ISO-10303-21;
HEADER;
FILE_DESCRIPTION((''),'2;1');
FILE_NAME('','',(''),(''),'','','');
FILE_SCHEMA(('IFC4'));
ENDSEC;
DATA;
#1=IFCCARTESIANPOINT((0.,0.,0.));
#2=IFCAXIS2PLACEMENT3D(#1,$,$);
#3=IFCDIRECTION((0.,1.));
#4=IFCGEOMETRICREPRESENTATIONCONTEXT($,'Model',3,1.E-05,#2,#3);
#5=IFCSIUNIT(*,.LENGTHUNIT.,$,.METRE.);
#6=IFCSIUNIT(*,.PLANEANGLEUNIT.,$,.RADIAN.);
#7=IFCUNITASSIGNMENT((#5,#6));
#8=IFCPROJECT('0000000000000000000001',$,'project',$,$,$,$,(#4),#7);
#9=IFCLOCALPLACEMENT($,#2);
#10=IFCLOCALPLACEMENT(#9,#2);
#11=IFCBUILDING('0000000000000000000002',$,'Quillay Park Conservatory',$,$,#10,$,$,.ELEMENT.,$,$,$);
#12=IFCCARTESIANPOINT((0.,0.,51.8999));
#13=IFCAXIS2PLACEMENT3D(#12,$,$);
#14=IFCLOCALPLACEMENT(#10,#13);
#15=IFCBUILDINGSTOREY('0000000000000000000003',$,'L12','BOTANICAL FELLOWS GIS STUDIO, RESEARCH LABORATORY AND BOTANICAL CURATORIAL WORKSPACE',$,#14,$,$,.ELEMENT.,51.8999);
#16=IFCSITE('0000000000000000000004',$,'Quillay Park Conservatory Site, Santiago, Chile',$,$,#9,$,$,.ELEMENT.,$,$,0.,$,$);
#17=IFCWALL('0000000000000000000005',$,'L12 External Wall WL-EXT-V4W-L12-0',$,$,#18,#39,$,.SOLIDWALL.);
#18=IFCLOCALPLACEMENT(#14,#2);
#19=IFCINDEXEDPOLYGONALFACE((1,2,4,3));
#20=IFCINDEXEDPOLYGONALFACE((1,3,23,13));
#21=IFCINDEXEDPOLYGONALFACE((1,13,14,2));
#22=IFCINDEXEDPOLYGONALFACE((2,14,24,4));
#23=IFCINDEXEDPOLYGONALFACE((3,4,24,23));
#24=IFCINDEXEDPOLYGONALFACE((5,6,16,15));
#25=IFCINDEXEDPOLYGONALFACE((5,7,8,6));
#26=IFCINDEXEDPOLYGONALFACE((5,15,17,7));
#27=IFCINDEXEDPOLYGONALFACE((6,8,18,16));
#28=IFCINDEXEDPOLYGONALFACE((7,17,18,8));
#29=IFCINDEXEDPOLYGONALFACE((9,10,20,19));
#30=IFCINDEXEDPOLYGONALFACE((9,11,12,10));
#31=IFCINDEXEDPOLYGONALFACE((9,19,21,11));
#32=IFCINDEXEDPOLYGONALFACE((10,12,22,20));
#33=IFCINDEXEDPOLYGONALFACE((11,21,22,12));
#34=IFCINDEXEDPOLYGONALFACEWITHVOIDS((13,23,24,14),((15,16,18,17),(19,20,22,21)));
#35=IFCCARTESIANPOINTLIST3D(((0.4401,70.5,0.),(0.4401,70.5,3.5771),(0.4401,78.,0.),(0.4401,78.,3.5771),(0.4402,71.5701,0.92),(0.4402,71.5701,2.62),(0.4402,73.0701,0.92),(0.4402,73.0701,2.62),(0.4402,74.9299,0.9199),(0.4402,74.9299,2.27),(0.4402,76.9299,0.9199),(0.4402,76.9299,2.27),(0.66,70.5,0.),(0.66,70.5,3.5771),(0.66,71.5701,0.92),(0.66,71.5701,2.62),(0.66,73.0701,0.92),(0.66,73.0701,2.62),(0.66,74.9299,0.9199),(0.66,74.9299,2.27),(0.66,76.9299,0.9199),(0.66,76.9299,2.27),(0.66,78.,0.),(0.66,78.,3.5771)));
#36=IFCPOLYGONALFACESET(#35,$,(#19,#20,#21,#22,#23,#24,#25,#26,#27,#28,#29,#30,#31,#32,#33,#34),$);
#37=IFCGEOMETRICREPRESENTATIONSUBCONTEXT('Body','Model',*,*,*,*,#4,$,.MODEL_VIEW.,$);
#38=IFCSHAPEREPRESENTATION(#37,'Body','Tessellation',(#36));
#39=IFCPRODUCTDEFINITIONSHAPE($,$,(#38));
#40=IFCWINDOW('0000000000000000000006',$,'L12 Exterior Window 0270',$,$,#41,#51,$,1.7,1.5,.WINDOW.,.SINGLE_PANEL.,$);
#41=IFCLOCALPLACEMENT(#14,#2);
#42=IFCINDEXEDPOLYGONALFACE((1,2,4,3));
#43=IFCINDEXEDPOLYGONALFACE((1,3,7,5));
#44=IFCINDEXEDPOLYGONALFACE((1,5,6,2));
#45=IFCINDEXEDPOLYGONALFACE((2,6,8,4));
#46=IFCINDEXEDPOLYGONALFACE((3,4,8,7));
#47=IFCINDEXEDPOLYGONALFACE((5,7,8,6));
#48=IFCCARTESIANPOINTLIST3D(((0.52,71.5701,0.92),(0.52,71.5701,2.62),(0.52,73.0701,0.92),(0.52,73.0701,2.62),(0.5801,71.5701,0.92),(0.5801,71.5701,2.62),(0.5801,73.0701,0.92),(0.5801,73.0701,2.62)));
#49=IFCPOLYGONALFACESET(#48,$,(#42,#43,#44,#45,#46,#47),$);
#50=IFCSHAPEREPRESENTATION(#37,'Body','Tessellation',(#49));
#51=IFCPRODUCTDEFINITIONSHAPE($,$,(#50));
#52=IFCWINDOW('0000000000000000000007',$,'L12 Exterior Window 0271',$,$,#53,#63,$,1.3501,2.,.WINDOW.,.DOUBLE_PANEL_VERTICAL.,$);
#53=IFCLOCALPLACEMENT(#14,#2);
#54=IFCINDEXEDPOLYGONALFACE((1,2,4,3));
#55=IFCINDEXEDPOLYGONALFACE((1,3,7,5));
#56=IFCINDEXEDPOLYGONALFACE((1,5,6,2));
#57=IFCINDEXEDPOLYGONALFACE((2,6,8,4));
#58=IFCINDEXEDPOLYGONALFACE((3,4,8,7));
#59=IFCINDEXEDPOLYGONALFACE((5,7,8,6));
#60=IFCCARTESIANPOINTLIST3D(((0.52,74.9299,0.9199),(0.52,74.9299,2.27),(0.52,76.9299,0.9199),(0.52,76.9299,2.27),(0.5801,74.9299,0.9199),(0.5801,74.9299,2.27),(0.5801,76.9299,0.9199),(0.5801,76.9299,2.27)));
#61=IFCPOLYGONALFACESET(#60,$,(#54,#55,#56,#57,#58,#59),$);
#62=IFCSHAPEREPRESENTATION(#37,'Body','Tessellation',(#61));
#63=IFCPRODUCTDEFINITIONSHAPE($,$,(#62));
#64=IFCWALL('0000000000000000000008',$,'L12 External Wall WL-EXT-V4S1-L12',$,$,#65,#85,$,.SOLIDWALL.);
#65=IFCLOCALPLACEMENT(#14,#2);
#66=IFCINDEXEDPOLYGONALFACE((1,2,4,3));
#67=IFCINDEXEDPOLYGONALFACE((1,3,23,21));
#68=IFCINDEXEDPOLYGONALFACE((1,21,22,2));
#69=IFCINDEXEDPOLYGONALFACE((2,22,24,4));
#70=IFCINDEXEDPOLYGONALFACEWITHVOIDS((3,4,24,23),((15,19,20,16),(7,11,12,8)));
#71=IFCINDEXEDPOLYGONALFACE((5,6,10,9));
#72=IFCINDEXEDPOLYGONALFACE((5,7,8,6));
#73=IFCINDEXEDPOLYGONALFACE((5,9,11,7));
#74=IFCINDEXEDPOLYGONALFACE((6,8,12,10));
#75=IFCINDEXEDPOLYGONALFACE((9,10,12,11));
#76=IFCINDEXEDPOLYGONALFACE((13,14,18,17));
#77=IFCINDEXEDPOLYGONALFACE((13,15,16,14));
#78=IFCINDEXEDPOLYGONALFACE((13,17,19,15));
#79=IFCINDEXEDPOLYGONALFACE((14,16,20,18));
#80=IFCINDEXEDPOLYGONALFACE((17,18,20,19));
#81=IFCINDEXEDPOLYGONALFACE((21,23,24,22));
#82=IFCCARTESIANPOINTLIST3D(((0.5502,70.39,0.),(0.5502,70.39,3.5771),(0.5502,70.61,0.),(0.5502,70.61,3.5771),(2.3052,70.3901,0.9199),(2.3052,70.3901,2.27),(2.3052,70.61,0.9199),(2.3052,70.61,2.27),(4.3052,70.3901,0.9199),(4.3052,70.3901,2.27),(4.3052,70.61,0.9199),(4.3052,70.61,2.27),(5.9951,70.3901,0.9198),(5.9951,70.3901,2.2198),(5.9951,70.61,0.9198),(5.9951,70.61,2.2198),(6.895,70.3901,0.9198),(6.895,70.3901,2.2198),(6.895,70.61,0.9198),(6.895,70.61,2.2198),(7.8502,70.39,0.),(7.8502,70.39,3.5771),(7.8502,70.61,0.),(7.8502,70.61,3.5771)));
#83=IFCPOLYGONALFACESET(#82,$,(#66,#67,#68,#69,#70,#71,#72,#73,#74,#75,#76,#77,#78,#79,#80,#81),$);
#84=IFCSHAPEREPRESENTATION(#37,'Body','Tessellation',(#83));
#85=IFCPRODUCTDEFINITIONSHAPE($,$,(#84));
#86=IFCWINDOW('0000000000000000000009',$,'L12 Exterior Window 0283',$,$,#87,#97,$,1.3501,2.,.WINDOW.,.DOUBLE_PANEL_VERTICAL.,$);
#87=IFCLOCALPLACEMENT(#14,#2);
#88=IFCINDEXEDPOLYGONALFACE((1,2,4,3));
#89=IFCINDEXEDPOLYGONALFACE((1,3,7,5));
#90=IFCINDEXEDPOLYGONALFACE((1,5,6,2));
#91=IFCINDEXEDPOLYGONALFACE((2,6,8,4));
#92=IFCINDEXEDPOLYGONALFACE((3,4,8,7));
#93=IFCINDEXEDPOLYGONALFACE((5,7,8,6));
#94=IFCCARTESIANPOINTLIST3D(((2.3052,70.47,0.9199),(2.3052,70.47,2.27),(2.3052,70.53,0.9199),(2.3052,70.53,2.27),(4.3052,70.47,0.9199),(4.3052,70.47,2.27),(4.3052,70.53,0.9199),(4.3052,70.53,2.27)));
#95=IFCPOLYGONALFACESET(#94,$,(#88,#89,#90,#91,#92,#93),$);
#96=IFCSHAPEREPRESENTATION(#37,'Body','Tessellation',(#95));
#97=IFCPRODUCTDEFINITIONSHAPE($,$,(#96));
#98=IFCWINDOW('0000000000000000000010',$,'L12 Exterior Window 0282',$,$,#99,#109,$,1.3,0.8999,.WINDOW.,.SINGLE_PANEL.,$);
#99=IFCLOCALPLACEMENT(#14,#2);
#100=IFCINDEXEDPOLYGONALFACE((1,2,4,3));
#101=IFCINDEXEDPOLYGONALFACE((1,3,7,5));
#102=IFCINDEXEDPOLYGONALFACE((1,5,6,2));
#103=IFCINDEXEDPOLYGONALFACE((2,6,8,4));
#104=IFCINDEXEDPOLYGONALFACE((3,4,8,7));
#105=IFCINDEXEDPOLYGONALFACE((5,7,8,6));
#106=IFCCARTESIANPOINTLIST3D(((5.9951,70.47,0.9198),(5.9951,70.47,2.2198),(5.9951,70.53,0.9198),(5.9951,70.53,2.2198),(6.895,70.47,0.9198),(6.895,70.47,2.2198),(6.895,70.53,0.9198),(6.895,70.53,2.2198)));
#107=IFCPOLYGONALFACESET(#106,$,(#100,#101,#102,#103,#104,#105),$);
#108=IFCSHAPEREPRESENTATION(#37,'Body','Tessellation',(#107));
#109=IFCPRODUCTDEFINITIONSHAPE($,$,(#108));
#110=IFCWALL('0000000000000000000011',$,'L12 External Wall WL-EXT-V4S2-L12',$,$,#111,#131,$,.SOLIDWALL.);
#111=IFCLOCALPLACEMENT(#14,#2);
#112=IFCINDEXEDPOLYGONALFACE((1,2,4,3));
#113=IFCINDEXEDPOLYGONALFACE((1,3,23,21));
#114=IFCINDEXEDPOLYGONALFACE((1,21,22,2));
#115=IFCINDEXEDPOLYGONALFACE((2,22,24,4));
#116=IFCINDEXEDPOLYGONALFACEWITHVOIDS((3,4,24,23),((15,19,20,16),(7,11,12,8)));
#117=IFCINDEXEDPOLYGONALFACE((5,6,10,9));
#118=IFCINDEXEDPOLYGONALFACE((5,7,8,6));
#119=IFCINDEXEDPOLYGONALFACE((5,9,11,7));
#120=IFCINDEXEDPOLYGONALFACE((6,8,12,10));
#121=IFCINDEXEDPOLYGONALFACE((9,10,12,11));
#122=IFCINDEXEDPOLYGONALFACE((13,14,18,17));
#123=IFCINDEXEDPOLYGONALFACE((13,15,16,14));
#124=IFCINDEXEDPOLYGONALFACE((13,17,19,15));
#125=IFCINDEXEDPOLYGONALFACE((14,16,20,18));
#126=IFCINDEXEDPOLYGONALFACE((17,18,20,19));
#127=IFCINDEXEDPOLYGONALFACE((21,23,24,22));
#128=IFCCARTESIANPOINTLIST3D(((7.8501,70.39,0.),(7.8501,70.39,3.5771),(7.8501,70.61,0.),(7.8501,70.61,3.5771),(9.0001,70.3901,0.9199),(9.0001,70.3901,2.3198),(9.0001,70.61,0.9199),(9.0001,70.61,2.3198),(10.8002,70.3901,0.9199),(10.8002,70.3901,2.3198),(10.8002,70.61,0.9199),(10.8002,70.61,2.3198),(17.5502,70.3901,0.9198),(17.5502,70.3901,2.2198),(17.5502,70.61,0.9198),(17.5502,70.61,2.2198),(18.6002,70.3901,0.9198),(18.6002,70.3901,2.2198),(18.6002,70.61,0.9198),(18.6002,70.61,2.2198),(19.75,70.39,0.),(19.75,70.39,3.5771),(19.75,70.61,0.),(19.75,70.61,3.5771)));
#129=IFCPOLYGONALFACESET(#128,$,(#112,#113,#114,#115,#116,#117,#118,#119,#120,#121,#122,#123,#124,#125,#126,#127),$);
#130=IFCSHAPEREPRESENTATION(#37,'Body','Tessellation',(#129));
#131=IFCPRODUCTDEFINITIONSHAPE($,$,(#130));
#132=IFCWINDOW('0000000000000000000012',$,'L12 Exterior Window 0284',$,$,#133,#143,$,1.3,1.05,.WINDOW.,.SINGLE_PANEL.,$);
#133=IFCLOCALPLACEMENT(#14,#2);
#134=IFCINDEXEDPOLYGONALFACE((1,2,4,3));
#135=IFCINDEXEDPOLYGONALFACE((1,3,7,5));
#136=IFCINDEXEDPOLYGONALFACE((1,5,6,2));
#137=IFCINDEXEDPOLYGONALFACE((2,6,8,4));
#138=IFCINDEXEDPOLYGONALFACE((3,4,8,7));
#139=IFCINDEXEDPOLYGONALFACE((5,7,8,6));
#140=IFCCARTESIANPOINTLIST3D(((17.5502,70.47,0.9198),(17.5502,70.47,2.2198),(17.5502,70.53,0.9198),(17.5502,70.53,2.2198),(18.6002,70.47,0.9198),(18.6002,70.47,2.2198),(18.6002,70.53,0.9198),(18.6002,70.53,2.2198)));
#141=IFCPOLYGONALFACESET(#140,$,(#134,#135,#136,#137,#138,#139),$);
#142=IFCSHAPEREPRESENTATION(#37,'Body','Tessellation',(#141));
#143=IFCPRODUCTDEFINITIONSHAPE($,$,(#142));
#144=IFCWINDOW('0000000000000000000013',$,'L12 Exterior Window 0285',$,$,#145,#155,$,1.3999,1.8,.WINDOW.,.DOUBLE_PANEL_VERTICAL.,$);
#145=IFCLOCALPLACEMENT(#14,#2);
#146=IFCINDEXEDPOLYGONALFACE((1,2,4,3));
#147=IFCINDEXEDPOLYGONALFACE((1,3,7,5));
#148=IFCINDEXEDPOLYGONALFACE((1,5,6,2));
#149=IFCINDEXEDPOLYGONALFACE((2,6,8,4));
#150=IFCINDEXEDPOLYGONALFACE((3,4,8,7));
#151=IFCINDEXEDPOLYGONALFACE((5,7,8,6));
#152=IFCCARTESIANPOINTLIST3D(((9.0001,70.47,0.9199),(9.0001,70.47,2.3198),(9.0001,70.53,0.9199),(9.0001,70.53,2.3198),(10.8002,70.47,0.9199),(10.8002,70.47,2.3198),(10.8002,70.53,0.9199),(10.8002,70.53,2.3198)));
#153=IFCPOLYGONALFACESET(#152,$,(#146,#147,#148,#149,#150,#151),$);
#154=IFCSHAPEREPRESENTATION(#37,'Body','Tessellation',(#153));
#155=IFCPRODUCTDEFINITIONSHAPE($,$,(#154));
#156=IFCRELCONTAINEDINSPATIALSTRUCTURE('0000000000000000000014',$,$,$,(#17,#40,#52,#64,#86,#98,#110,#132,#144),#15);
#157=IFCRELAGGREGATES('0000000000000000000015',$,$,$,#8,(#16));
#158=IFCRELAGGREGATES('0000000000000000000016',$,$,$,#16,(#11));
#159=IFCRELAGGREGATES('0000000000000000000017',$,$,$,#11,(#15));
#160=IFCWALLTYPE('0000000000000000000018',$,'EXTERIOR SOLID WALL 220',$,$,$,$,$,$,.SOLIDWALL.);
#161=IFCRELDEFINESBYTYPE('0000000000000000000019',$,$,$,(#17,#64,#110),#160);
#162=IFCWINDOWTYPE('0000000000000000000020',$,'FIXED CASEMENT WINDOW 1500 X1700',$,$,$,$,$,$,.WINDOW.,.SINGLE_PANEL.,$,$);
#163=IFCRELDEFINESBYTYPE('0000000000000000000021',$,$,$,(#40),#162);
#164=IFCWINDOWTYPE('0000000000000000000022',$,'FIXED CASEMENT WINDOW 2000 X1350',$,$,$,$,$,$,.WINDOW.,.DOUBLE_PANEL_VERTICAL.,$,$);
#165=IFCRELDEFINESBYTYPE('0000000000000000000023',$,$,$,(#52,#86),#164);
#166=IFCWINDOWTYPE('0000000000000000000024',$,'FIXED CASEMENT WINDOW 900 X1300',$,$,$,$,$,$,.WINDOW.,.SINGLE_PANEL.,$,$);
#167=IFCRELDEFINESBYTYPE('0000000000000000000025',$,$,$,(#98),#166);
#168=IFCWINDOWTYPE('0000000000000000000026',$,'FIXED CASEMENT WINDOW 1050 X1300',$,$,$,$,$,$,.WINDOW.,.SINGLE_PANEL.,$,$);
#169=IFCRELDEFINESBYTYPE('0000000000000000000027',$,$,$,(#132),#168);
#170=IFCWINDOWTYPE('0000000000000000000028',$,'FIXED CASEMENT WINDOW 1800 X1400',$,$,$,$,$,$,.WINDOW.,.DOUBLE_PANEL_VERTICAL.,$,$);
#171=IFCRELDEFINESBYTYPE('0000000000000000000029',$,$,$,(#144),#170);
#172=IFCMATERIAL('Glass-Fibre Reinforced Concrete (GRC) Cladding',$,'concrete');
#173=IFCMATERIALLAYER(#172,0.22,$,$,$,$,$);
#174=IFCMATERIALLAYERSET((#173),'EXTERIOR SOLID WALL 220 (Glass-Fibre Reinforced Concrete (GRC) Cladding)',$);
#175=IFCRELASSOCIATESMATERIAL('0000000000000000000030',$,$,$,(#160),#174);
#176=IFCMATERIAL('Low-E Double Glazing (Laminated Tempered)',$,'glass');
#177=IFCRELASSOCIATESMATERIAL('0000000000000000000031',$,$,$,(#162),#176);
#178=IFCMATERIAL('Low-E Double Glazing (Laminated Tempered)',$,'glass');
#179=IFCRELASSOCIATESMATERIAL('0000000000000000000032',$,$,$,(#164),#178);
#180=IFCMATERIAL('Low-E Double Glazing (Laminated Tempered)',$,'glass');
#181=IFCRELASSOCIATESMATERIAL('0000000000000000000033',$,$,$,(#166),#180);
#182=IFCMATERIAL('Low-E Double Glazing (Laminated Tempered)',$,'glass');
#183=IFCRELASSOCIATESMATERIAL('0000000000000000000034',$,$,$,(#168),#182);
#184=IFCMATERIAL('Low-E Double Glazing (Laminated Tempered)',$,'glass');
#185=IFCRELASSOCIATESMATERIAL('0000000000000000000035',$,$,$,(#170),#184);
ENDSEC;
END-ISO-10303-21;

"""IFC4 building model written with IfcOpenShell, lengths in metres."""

from ifc_helpers import new_model, si_unit, direction, frame, frame_2d, origin, place, context, subcontext, project, spatial, rectangle, extrude, material, layer, layer_set, type_object, element, fill, save


model = new_model("IFC4")

# Units and contexts
model_context = context("Model", 3, precision=1e-05, world=origin(), true_north=direction((0.0, 1.0)))
body_context = subcontext(model_context, "Body", "Model", "MODEL_VIEW")
ifc_project = project(units=[si_unit("LENGTHUNIT", "METRE"), si_unit("PLANEANGLEUNIT", "RADIAN")], contexts=[model_context])

# Site, building, storey
site_placement = place(None, origin())
site = spatial("IfcSite", under=ifc_project, at=site_placement, Name="Quillay Park Conservatory Site, Santiago, Chile", CompositionType="ELEMENT", RefElevation=0.0)
building_placement = place(site_placement, origin())
building = spatial("IfcBuilding", under=site, at=building_placement, Name="Quillay Park Conservatory", CompositionType="ELEMENT")
storey_placement = place(building_placement, frame((0.0, 0.0, 51.8999)))
storey = spatial("IfcBuildingStorey", under=building, at=storey_placement, Name="L12", Description="BOTANICAL FELLOWS GIS STUDIO, RESEARCH LABORATORY AND BOTANICAL CURATORIAL WORKSPACE", CompositionType="ELEMENT", Elevation=51.8999)

# Walls, openings, windows
ifc_material_1 = material(Name="Glass-Fibre Reinforced Concrete (GRC) Cladding", Category="concrete")
ifc_layer_1 = layer(ifc_material_1, 0.22)
ifc_layer_set_1 = layer_set([ifc_layer_1], Name="EXTERIOR SOLID WALL 220 (Glass-Fibre Reinforced Concrete (GRC) Cladding)")
wall_type_1 = type_object("IfcWallType", Name="EXTERIOR SOLID WALL 220", PredefinedType="SOLIDWALL", material=ifc_layer_set_1)
wall_1_placement = place(storey_placement, frame((0.55, 70.5, 0.0), z_axis=(0.0, 0.0, 1.0), x_axis=(0.0, 1.0, 0.0)))
wall_1 = element("IfcWall", 1, at=wall_1_placement, inside=storey, type_object=wall_type_1, Name="L12 External Wall WL-EXT-V4W-L12-0", PredefinedType="SOLIDWALL", context=body_context, shape_type="SweptSolid", body=[
    extrude(rectangle(XDim=7.5, YDim=0.22, at=frame_2d((3.75, 0.0))), origin(), (0.0, 0.0, 1.0), 3.5771),
])
opening_1_placement = place(wall_1_placement, frame((1.0701, 0.0, 0.9199)))
opening_1 = element("IfcOpeningElement", 2, at=opening_1_placement, cuts=wall_1, PredefinedType="OPENING", context=body_context, shape_type="SweptSolid", body=[
    extrude(rectangle(XDim=1.5, YDim=1.7, at=frame_2d((0.75, 0.8501))), frame((0.0, 0.1099, 0.0), z_axis=(0.0, -1.0, 0.0), x_axis=(1.0, 0.0, 0.0)), (0.0, 0.0, 1.0), 0.22),
])
opening_2_placement = place(wall_1_placement, frame((4.4299, 0.0, 0.9199)))
opening_2 = element("IfcOpeningElement", 3, at=opening_2_placement, cuts=wall_1, PredefinedType="OPENING", context=body_context, shape_type="SweptSolid", body=[
    extrude(rectangle(XDim=2.0, YDim=1.3501, at=frame_2d((1.0, 0.675))), frame((0.0, 0.1099, 0.0), z_axis=(0.0, -1.0, 0.0), x_axis=(1.0, 0.0, 0.0)), (0.0, 0.0, 1.0), 0.22),
])
ifc_material_2 = material(Name="Low-E Double Glazing (Laminated Tempered)", Category="glass")
window_type_1 = type_object("IfcWindowType", Name="FIXED CASEMENT WINDOW 1500 X1700", PartitioningType="SINGLE_PANEL", PredefinedType="WINDOW", material=ifc_material_2)
window_1_placement = place(opening_1_placement, origin())
window_1 = element("IfcWindow", 4, at=window_1_placement, inside=storey, type_object=window_type_1, Name="L12 Exterior Window 0270", OverallHeight=1.7, OverallWidth=1.5, PartitioningType="SINGLE_PANEL", PredefinedType="WINDOW", context=body_context, shape_type="SweptSolid", body=[
    extrude(rectangle(XDim=1.5, YDim=1.7, at=frame_2d((0.75, 0.8501))), frame((0.0, 0.03, 0.0), z_axis=(0.0, -1.0, 0.0), x_axis=(1.0, 0.0, 0.0)), (0.0, 0.0, 1.0), 0.0601),
])
fill(opening_1, window_1)
ifc_material_3 = material(Name="Low-E Double Glazing (Laminated Tempered)", Category="glass")
window_type_2 = type_object("IfcWindowType", Name="FIXED CASEMENT WINDOW 2000 X1350", PartitioningType="DOUBLE_PANEL_VERTICAL", PredefinedType="WINDOW", material=ifc_material_3)
window_2_placement = place(opening_2_placement, origin())
window_2 = element("IfcWindow", 5, at=window_2_placement, inside=storey, type_object=window_type_2, Name="L12 Exterior Window 0271", OverallHeight=1.3501, OverallWidth=2.0, PartitioningType="DOUBLE_PANEL_VERTICAL", PredefinedType="WINDOW", context=body_context, shape_type="SweptSolid", body=[
    extrude(rectangle(XDim=2.0, YDim=1.3501, at=frame_2d((1.0, 0.675))), frame((0.0, 0.03, 0.0), z_axis=(0.0, -1.0, 0.0), x_axis=(1.0, 0.0, 0.0)), (0.0, 0.0, 1.0), 0.0601),
])
fill(opening_2, window_2)
wall_2_placement = place(storey_placement, frame((7.8501, 70.5, 0.0), z_axis=(0.0, 0.0, 1.0), x_axis=(-1.0, 0.0, 0.0)))
wall_2 = element("IfcWall", 6, at=wall_2_placement, inside=storey, type_object=wall_type_1, Name="L12 External Wall WL-EXT-V4S1-L12", PredefinedType="SOLIDWALL", context=body_context, shape_type="SweptSolid", body=[
    extrude(rectangle(XDim=7.3, YDim=0.22, at=frame_2d((3.6499, 0.0))), origin(), (0.0, 0.0, 1.0), 3.5771),
])
opening_3_placement = place(wall_2_placement, frame((0.9551, 0.0, 0.9199)))
opening_3 = element("IfcOpeningElement", 7, at=opening_3_placement, cuts=wall_2, PredefinedType="OPENING", context=body_context, shape_type="SweptSolid", body=[
    extrude(rectangle(XDim=0.8999, YDim=1.3, at=frame_2d((0.45, 0.6499))), frame((0.0, 0.1099, 0.0), z_axis=(0.0, -1.0, 0.0), x_axis=(1.0, 0.0, 0.0)), (0.0, 0.0, 1.0), 0.22),
])
opening_4_placement = place(wall_2_placement, frame((3.5449, 0.0, 0.9199)))
opening_4 = element("IfcOpeningElement", 8, at=opening_4_placement, cuts=wall_2, PredefinedType="OPENING", context=body_context, shape_type="SweptSolid", body=[
    extrude(rectangle(XDim=2.0, YDim=1.3501, at=frame_2d((1.0, 0.675))), frame((0.0, 0.1099, 0.0), z_axis=(0.0, -1.0, 0.0), x_axis=(1.0, 0.0, 0.0)), (0.0, 0.0, 1.0), 0.22),
])
window_3_placement = place(opening_4_placement, origin())
window_3 = element("IfcWindow", 9, at=window_3_placement, inside=storey, type_object=window_type_2, Name="L12 Exterior Window 0283", OverallHeight=1.3501, OverallWidth=2.0, PartitioningType="DOUBLE_PANEL_VERTICAL", PredefinedType="WINDOW", context=body_context, shape_type="SweptSolid", body=[
    extrude(rectangle(XDim=2.0, YDim=1.3501, at=frame_2d((1.0, 0.675))), frame((0.0, 0.03, 0.0), z_axis=(0.0, -1.0, 0.0), x_axis=(1.0, 0.0, 0.0)), (0.0, 0.0, 1.0), 0.0601),
])
fill(opening_4, window_3)
ifc_material_4 = material(Name="Low-E Double Glazing (Laminated Tempered)", Category="glass")
window_type_3 = type_object("IfcWindowType", Name="FIXED CASEMENT WINDOW 900 X1300", PartitioningType="SINGLE_PANEL", PredefinedType="WINDOW", material=ifc_material_4)
window_4_placement = place(opening_3_placement, origin())
window_4 = element("IfcWindow", 10, at=window_4_placement, inside=storey, type_object=window_type_3, Name="L12 Exterior Window 0282", OverallHeight=1.3, OverallWidth=0.8999, PartitioningType="SINGLE_PANEL", PredefinedType="WINDOW", context=body_context, shape_type="SweptSolid", body=[
    extrude(rectangle(XDim=0.8999, YDim=1.3, at=frame_2d((0.45, 0.6499))), frame((0.0, 0.03, 0.0), z_axis=(0.0, -1.0, 0.0), x_axis=(1.0, 0.0, 0.0)), (0.0, 0.0, 1.0), 0.0601),
])
fill(opening_3, window_4)
wall_3_placement = place(storey_placement, frame((19.75, 70.5, 0.0), z_axis=(0.0, 0.0, 1.0), x_axis=(-1.0, 0.0, 0.0)))
wall_3 = element("IfcWall", 11, at=wall_3_placement, inside=storey, type_object=wall_type_1, Name="L12 External Wall WL-EXT-V4S2-L12", PredefinedType="SOLIDWALL", context=body_context, shape_type="SweptSolid", body=[
    extrude(rectangle(XDim=11.8999, YDim=0.22, at=frame_2d((5.95, 0.0))), origin(), (0.0, 0.0, 1.0), 3.5771),
])
opening_5_placement = place(wall_3_placement, frame((1.1499, 0.0, 0.9199)))
opening_5 = element("IfcOpeningElement", 12, at=opening_5_placement, cuts=wall_3, PredefinedType="OPENING", context=body_context, shape_type="SweptSolid", body=[
    extrude(rectangle(XDim=1.05, YDim=1.3, at=frame_2d((0.5249, 0.6499))), frame((0.0, 0.1099, 0.0), z_axis=(0.0, -1.0, 0.0), x_axis=(1.0, 0.0, 0.0)), (0.0, 0.0, 1.0), 0.22),
])
opening_6_placement = place(wall_3_placement, frame((8.95, 0.0, 0.9199)))
opening_6 = element("IfcOpeningElement", 13, at=opening_6_placement, cuts=wall_3, PredefinedType="OPENING", context=body_context, shape_type="SweptSolid", body=[
    extrude(rectangle(XDim=1.8, YDim=1.3999, at=frame_2d((0.8999, 0.7))), frame((0.0, 0.1099, 0.0), z_axis=(0.0, -1.0, 0.0), x_axis=(1.0, 0.0, 0.0)), (0.0, 0.0, 1.0), 0.22),
])
ifc_material_5 = material(Name="Low-E Double Glazing (Laminated Tempered)", Category="glass")
window_type_4 = type_object("IfcWindowType", Name="FIXED CASEMENT WINDOW 1050 X1300", PartitioningType="SINGLE_PANEL", PredefinedType="WINDOW", material=ifc_material_5)
window_5_placement = place(opening_5_placement, origin())
window_5 = element("IfcWindow", 14, at=window_5_placement, inside=storey, type_object=window_type_4, Name="L12 Exterior Window 0284", OverallHeight=1.3, OverallWidth=1.05, PartitioningType="SINGLE_PANEL", PredefinedType="WINDOW", context=body_context, shape_type="SweptSolid", body=[
    extrude(rectangle(XDim=1.05, YDim=1.3, at=frame_2d((0.5249, 0.6499))), frame((0.0, 0.03, 0.0), z_axis=(0.0, -1.0, 0.0), x_axis=(1.0, 0.0, 0.0)), (0.0, 0.0, 1.0), 0.0601),
])
fill(opening_5, window_5)
ifc_material_6 = material(Name="Low-E Double Glazing (Laminated Tempered)", Category="glass")
window_type_5 = type_object("IfcWindowType", Name="FIXED CASEMENT WINDOW 1800 X1400", PartitioningType="DOUBLE_PANEL_VERTICAL", PredefinedType="WINDOW", material=ifc_material_6)
window_6_placement = place(opening_6_placement, origin())
window_6 = element("IfcWindow", 15, at=window_6_placement, inside=storey, type_object=window_type_5, Name="L12 Exterior Window 0285", OverallHeight=1.3999, OverallWidth=1.8, PartitioningType="DOUBLE_PANEL_VERTICAL", PredefinedType="WINDOW", context=body_context, shape_type="SweptSolid", body=[
    extrude(rectangle(XDim=1.8, YDim=1.3999, at=frame_2d((0.8999, 0.7))), frame((0.0, 0.03, 0.0), z_axis=(0.0, -1.0, 0.0), x_axis=(1.0, 0.0, 0.0)), (0.0, 0.0, 1.0), 0.0601),
])
fill(opening_6, window_6)

save(model, "model.ifc")
